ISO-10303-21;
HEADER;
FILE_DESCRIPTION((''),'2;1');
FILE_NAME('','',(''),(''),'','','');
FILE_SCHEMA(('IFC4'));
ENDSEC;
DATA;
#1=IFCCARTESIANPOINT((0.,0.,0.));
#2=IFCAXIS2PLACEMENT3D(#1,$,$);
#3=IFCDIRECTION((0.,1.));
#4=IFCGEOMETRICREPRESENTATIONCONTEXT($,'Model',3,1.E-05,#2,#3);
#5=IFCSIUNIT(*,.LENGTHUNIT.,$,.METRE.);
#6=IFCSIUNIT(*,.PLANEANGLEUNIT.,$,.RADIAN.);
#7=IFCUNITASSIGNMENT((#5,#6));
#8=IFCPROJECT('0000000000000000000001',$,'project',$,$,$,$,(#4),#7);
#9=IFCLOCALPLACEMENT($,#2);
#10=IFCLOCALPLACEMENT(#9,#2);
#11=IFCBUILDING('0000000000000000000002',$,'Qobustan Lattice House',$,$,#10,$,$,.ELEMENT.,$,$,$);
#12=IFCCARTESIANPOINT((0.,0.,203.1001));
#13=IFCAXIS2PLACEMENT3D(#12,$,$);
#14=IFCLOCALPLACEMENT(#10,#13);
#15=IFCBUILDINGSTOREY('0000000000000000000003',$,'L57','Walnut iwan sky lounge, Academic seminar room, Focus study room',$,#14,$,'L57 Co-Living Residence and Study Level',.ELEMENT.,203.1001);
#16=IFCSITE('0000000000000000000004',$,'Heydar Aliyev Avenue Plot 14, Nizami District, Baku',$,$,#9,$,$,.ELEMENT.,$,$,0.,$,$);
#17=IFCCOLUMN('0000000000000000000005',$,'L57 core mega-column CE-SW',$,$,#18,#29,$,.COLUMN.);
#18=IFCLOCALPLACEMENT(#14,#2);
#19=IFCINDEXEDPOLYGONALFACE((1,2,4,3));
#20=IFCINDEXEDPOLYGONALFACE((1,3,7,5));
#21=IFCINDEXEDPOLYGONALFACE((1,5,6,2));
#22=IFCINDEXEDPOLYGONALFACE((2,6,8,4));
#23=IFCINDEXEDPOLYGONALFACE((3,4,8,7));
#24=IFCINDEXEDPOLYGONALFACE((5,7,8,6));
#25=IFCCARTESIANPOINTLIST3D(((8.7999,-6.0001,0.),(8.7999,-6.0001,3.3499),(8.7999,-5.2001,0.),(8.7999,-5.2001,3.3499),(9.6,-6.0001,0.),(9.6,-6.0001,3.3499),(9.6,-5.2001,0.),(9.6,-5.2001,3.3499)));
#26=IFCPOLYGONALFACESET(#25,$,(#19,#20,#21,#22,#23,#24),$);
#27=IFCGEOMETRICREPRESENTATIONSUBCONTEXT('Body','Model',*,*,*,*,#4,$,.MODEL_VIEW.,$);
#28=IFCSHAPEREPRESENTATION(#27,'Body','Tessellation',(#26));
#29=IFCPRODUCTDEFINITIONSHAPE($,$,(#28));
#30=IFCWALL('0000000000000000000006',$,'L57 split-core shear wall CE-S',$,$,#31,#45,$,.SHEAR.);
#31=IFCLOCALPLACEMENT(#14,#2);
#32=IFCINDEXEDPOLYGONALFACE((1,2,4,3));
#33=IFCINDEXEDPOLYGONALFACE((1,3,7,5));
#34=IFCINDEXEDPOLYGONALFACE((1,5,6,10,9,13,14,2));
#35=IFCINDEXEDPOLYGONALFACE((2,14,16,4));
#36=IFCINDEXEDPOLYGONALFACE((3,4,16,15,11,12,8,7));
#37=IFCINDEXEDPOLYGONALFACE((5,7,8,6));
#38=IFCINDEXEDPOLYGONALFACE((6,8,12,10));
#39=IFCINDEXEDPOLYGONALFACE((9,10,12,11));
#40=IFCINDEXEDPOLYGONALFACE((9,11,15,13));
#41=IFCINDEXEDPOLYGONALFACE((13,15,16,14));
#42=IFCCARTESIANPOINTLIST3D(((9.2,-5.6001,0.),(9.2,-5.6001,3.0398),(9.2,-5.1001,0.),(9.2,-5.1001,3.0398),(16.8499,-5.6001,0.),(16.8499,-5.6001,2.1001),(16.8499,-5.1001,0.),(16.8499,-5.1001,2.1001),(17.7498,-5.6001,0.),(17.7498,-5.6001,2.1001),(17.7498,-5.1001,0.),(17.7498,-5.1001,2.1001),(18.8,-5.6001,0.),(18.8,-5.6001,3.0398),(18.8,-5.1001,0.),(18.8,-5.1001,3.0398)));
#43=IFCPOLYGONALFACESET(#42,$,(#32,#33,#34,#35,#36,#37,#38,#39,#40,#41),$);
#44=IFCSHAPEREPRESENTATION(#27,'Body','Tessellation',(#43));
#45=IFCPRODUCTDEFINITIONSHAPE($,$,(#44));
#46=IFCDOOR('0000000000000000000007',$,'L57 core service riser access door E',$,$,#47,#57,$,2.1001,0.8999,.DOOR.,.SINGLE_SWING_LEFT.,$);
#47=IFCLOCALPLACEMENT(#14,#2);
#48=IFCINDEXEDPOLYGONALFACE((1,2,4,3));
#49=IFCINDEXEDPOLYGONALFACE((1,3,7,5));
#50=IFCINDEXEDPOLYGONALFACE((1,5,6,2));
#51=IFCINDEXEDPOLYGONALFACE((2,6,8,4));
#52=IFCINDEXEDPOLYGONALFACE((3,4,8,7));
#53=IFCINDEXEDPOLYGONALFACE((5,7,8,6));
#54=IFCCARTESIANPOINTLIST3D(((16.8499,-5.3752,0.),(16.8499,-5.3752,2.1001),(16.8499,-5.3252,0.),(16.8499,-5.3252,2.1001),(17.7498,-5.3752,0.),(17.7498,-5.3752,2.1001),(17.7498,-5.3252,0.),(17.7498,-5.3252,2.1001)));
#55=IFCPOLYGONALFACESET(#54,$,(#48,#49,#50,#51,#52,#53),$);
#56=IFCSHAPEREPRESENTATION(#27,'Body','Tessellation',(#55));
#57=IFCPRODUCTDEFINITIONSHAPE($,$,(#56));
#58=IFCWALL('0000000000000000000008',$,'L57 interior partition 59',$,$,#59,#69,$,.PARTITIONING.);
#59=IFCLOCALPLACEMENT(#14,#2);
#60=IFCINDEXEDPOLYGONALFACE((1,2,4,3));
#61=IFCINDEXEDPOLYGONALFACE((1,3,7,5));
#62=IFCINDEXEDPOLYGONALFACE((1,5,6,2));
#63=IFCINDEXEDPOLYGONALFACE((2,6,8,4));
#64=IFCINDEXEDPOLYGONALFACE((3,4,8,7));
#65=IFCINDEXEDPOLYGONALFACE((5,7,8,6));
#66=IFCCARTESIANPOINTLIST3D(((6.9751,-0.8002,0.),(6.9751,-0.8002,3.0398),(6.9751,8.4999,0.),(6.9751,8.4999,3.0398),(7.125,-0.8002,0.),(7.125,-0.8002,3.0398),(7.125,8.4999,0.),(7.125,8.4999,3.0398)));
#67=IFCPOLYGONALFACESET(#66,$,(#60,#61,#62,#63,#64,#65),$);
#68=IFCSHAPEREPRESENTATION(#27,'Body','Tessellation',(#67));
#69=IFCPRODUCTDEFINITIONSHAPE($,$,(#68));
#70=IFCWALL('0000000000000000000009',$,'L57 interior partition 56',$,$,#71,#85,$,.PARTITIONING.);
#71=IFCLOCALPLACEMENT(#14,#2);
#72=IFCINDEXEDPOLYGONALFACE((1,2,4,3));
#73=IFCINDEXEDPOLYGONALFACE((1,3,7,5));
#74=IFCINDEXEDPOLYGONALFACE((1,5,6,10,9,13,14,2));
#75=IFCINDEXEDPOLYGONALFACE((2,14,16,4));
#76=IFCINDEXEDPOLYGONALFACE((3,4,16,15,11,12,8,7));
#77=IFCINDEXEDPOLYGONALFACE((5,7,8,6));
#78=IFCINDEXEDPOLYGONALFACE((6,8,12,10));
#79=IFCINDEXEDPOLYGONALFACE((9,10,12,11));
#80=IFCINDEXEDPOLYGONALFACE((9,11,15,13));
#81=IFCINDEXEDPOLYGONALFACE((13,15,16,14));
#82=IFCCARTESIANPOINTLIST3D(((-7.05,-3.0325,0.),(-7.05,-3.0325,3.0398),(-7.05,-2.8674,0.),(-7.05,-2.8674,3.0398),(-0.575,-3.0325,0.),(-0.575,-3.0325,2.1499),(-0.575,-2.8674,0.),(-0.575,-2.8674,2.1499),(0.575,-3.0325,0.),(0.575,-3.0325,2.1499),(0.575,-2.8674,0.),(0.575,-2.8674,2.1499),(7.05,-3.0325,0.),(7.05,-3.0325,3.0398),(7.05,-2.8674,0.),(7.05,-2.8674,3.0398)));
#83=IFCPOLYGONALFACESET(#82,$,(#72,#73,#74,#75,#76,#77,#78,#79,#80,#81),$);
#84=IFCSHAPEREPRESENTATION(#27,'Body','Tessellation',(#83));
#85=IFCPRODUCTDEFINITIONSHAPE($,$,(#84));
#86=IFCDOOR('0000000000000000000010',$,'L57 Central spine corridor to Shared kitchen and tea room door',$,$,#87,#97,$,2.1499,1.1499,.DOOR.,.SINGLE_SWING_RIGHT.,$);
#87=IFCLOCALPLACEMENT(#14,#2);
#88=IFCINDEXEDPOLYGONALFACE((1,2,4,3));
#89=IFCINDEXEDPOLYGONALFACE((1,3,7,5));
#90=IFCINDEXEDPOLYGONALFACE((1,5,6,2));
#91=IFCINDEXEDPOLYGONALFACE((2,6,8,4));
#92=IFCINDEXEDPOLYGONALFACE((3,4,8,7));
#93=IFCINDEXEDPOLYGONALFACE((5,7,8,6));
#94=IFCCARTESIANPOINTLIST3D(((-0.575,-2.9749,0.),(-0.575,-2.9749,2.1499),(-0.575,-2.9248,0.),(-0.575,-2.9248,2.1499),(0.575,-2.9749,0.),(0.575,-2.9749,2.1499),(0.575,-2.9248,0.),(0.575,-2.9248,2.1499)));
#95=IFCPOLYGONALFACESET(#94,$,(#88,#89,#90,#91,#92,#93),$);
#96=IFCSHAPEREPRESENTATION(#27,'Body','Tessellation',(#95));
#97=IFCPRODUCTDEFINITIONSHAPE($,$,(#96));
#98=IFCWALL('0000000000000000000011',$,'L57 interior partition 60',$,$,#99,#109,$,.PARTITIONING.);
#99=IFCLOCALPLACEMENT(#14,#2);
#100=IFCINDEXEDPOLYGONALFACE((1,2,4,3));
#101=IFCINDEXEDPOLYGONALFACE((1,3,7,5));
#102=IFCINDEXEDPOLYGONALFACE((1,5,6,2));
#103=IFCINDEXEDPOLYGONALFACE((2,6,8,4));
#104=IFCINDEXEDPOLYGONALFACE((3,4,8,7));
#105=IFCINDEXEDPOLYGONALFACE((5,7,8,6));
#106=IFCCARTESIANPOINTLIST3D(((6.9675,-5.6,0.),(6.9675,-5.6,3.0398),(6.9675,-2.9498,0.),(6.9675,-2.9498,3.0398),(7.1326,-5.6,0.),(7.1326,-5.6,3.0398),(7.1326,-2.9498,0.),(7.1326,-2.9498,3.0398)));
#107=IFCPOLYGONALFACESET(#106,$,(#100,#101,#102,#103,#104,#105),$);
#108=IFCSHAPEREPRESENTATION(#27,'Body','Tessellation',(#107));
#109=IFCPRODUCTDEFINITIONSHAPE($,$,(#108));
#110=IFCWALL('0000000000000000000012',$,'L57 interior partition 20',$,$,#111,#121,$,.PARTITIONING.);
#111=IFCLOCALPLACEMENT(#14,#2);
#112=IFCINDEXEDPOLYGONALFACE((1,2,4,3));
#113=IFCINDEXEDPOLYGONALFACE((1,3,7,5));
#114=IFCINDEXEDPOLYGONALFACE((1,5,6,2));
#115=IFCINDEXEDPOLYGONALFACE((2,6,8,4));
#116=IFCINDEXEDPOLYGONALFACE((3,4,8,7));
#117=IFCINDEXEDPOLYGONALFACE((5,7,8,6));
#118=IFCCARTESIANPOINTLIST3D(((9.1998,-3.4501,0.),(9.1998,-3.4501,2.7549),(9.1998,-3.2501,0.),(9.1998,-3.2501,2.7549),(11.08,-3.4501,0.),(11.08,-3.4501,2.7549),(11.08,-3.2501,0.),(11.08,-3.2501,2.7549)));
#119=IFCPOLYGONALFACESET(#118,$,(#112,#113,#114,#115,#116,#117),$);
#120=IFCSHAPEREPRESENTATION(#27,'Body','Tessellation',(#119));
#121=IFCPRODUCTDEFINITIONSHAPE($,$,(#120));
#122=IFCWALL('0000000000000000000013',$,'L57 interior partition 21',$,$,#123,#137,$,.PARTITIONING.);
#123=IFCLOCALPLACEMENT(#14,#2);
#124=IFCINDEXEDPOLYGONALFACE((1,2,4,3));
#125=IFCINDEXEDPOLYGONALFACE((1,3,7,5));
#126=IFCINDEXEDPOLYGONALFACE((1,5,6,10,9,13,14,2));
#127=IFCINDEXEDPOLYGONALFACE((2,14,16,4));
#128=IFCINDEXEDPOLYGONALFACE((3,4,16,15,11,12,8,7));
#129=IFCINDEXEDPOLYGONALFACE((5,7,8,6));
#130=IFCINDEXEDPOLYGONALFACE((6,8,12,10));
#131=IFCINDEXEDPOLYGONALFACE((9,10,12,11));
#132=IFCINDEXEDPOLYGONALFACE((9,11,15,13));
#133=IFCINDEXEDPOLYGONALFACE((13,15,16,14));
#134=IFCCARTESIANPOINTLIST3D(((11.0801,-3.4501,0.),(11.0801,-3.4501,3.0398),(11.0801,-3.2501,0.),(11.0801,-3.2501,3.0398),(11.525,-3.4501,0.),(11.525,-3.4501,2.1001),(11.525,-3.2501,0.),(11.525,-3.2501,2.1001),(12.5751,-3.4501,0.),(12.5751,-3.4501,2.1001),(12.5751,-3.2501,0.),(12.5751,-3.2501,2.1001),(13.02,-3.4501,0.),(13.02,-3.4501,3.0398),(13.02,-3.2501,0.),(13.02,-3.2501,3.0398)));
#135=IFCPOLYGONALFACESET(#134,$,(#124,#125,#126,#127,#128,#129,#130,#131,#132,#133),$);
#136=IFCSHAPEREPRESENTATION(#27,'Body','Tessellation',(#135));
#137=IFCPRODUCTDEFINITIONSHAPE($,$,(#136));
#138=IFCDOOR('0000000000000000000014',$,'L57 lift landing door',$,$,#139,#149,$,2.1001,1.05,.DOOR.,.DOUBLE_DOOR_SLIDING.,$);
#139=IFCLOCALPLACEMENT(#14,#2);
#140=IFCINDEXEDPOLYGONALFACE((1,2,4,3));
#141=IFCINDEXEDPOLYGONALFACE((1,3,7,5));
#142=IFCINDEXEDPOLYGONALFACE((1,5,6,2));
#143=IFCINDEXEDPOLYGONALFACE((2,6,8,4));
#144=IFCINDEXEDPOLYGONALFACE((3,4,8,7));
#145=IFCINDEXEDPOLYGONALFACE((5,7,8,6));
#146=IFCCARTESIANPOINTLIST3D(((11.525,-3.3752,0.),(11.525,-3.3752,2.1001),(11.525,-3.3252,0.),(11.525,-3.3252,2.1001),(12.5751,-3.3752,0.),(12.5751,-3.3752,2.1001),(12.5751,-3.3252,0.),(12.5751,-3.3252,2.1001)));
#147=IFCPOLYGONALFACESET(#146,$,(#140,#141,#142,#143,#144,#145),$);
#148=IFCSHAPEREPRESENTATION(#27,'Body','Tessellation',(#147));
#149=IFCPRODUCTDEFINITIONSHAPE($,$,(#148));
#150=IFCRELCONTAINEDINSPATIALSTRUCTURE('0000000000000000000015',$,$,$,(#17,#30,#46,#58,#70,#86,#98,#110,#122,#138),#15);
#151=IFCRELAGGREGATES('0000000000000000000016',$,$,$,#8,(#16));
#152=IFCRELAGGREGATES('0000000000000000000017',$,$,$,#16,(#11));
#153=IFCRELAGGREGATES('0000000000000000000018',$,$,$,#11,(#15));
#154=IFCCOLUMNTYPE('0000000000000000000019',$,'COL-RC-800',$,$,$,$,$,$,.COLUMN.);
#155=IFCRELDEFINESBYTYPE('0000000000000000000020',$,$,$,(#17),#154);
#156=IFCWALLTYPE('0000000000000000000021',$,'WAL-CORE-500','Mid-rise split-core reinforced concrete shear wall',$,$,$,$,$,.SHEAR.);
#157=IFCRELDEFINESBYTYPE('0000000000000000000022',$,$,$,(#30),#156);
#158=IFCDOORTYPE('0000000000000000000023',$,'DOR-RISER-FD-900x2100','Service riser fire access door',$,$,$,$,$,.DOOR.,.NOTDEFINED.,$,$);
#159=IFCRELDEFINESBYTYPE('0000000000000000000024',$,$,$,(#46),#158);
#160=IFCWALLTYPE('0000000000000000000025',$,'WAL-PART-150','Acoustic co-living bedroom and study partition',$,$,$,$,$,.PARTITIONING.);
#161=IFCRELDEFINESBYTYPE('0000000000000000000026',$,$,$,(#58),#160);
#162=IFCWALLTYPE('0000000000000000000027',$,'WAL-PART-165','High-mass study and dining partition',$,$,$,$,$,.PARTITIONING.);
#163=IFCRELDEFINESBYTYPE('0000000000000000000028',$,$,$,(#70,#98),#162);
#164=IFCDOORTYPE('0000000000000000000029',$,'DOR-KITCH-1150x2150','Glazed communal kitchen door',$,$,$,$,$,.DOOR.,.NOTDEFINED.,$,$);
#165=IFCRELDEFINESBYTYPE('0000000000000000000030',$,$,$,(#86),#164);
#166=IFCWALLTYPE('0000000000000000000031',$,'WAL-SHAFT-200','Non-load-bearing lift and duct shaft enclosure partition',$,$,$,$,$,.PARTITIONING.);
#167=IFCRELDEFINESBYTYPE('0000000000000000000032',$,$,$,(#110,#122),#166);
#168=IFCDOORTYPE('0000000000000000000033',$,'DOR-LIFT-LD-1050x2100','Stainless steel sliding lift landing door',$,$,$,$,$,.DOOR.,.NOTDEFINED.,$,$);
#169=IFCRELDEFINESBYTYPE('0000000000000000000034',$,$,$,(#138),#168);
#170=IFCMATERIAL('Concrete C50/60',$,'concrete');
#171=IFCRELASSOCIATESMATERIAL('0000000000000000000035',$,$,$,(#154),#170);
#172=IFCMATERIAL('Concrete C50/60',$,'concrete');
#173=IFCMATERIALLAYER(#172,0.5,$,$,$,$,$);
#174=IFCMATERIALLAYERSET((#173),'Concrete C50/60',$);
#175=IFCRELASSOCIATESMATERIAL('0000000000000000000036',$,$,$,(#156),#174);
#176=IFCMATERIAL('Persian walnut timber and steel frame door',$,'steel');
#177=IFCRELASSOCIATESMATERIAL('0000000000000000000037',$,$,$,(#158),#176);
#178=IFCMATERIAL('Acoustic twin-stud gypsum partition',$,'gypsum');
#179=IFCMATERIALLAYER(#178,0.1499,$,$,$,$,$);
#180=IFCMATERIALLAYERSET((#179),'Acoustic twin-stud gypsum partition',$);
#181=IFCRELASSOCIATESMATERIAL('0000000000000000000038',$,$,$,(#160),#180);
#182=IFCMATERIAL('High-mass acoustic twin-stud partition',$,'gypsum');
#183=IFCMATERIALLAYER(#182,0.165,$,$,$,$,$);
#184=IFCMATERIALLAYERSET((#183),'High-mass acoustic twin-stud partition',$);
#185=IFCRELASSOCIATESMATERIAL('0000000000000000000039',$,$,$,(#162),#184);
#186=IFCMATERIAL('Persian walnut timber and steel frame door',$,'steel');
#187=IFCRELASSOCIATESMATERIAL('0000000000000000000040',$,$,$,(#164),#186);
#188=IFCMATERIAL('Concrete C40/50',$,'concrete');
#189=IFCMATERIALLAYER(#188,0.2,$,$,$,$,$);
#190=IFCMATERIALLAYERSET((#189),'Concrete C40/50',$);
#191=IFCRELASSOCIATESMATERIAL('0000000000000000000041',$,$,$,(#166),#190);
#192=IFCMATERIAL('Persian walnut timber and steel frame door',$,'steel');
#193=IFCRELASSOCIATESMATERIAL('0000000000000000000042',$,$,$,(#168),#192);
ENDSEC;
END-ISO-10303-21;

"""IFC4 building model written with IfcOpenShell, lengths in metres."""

from ifc_helpers import new_model, si_unit, direction, frame, frame_2d, origin, origin_2d, place, context, subcontext, project, spatial, rectangle, extrude, material, layer, layer_set, material_profile, profile_set, type_object, element, fill, save


model = new_model("IFC4")

# Units and contexts
model_context = context("Model", 3, precision=1e-05, world=origin(), true_north=direction((0.0, 1.0)))
body_context = subcontext(model_context, "Body", "Model", "MODEL_VIEW")
ifc_project = project(units=[si_unit("LENGTHUNIT", "METRE"), si_unit("PLANEANGLEUNIT", "RADIAN")], contexts=[model_context])

# Site, building, storey
site_placement = place(None, origin())
site = spatial("IfcSite", under=ifc_project, at=site_placement, Name="Heydar Aliyev Avenue Plot 14, Nizami District, Baku", CompositionType="ELEMENT", RefElevation=0.0)
building_placement = place(site_placement, origin())
building = spatial("IfcBuilding", under=site, at=building_placement, Name="Qobustan Lattice House", CompositionType="ELEMENT")
storey_placement = place(building_placement, frame((0.0, 0.0, 203.1001)))
storey = spatial("IfcBuildingStorey", under=building, at=storey_placement, Name="L57", Description="Walnut iwan sky lounge, Academic seminar room, Focus study room", LongName="L57 Co-Living Residence and Study Level", CompositionType="ELEMENT", Elevation=203.1001)

# Column
ifc_material_1 = material(Name="Concrete C50/60", Category="concrete")
ifc_material_profile = material_profile(ifc_material_1, rectangle(XDim=0.8, YDim=0.8, at=origin_2d()), Name="RC800x800")
ifc_profile_set = profile_set([ifc_material_profile], Name="Concrete C50/60")
column_type = type_object("IfcColumnType", Name="COL-RC-800", PredefinedType="COLUMN", material=ifc_profile_set)
column_placement = place(storey_placement, frame((9.2, -5.6001, 0.0), z_axis=(0.0, 0.0, 1.0), x_axis=(1.0, 0.0, 0.0)))
element("IfcColumn", 1, at=column_placement, inside=storey, type_object=column_type, Name="L57 core mega-column CE-SW", PredefinedType="COLUMN", context=body_context, shape_type="SweptSolid", body=[
    extrude(rectangle(XDim=0.8, YDim=0.8, at=origin_2d()), origin(), (0.0, 0.0, 1.0), 3.3499),
])

# Wall, opening, door
ifc_material_2 = material(Name="Concrete C50/60", Category="concrete")
ifc_layer_1 = layer(ifc_material_2, 0.5)
ifc_layer_set_1 = layer_set([ifc_layer_1], Name="Concrete C50/60")
wall_type_1 = type_object("IfcWallType", Name="WAL-CORE-500", Description="Mid-rise split-core reinforced concrete shear wall", PredefinedType="SHEAR", material=ifc_layer_set_1)
wall_1_placement = place(storey_placement, frame((9.2, -5.3501, 0.0), z_axis=(0.0, 0.0, 1.0), x_axis=(1.0, 0.0, 0.0)))
wall_1 = element("IfcWall", 2, at=wall_1_placement, inside=storey, type_object=wall_type_1, Name="L57 split-core shear wall CE-S", PredefinedType="SHEAR", context=body_context, shape_type="SweptSolid", body=[
    extrude(rectangle(XDim=9.6001, YDim=0.5, at=frame_2d((4.8, 0.0))), origin(), (0.0, 0.0, 1.0), 3.0398),
])
opening_1_placement = place(wall_1_placement, frame((7.6499, 0.0, 0.0)))
opening_1 = element("IfcOpeningElement", 3, at=opening_1_placement, cuts=wall_1, PredefinedType="OPENING", context=body_context, shape_type="SweptSolid", body=[
    extrude(rectangle(XDim=0.8999, YDim=2.1001, at=frame_2d((0.45, 1.05))), frame((0.0, 0.26, 0.0), z_axis=(0.0, -1.0, 0.0), x_axis=(1.0, 0.0, 0.0)), (0.0, 0.0, 1.0), 0.52),
])
ifc_material_3 = material(Name="Persian walnut timber and steel frame door", Category="steel")
door_type_1 = type_object("IfcDoorType", Name="DOR-RISER-FD-900x2100", Description="Service riser fire access door", OperationType="NOTDEFINED", PredefinedType="DOOR", material=ifc_material_3)
door_1_placement = place(opening_1_placement, origin())
door_1 = element("IfcDoor", 4, at=door_1_placement, inside=storey, type_object=door_type_1, Name="L57 core service riser access door E", OperationType="SINGLE_SWING_LEFT", OverallHeight=2.1001, OverallWidth=0.8999, PredefinedType="DOOR", context=body_context, shape_type="SweptSolid", body=[
    extrude(rectangle(XDim=0.8999, YDim=2.1001, at=frame_2d((0.45, 1.05))), frame((0.0, 0.0249, 0.0), z_axis=(0.0, -1.0, 0.0), x_axis=(1.0, 0.0, 0.0)), (0.0, 0.0, 1.0), 0.05),
])
fill(opening_1, door_1)

# Wall
ifc_material_4 = material(Name="Acoustic twin-stud gypsum partition", Category="gypsum")
ifc_layer_2 = layer(ifc_material_4, 0.1499)
ifc_layer_set_2 = layer_set([ifc_layer_2], Name="Acoustic twin-stud gypsum partition")
wall_type_2 = type_object("IfcWallType", Name="WAL-PART-150", Description="Acoustic co-living bedroom and study partition", PredefinedType="PARTITIONING", material=ifc_layer_set_2)
wall_2_placement = place(storey_placement, frame((7.05, -0.8, 0.0), z_axis=(0.0, 0.0, 1.0), x_axis=(0.0, 1.0, 0.0)))
element("IfcWall", 5, at=wall_2_placement, inside=storey, type_object=wall_type_2, Name="L57 interior partition 59", PredefinedType="PARTITIONING", context=body_context, shape_type="SweptSolid", body=[
    extrude(rectangle(XDim=9.3, YDim=0.1499, at=frame_2d((4.6499, 0.0))), origin(), (0.0, 0.0, 1.0), 3.0398),
])

# Wall, opening, door
ifc_material_5 = material(Name="High-mass acoustic twin-stud partition", Category="gypsum")
ifc_layer_3 = layer(ifc_material_5, 0.165)
ifc_layer_set_3 = layer_set([ifc_layer_3], Name="High-mass acoustic twin-stud partition")
wall_type_3 = type_object("IfcWallType", Name="WAL-PART-165", Description="High-mass study and dining partition", PredefinedType="PARTITIONING", material=ifc_layer_set_3)
wall_3_placement = place(storey_placement, frame((7.05, -2.95, 0.0), z_axis=(0.0, 0.0, 1.0), x_axis=(-1.0, 0.0, 0.0)))
wall_3 = element("IfcWall", 6, at=wall_3_placement, inside=storey, type_object=wall_type_3, Name="L57 interior partition 56", PredefinedType="PARTITIONING", context=body_context, shape_type="SweptSolid", body=[
    extrude(rectangle(XDim=14.1001, YDim=0.165, at=frame_2d((7.05, 0.0))), origin(), (0.0, 0.0, 1.0), 3.0398),
])
opening_2_placement = place(wall_3_placement, frame((6.4751, 0.0, 0.0)))
opening_2 = element("IfcOpeningElement", 7, at=opening_2_placement, cuts=wall_3, PredefinedType="OPENING", context=body_context, shape_type="SweptSolid", body=[
    extrude(rectangle(XDim=1.1499, YDim=2.1499, at=frame_2d((0.575, 1.075))), frame((0.0, 0.0925, 0.0), z_axis=(0.0, -1.0, 0.0), x_axis=(1.0, 0.0, 0.0)), (0.0, 0.0, 1.0), 0.1851),
])
ifc_material_6 = material(Name="Persian walnut timber and steel frame door", Category="steel")
door_type_2 = type_object("IfcDoorType", Name="DOR-KITCH-1150x2150", Description="Glazed communal kitchen door", OperationType="NOTDEFINED", PredefinedType="DOOR", material=ifc_material_6)
door_2_placement = place(opening_2_placement, origin())
door_2 = element("IfcDoor", 8, at=door_2_placement, inside=storey, type_object=door_type_2, Name="L57 Central spine corridor to Shared kitchen and tea room door", OperationType="SINGLE_SWING_RIGHT", OverallHeight=2.1499, OverallWidth=1.1499, PredefinedType="DOOR", context=body_context, shape_type="SweptSolid", body=[
    extrude(rectangle(XDim=1.1499, YDim=2.1499, at=frame_2d((0.575, 1.075))), frame((0.0, 0.0249, 0.0), z_axis=(0.0, -1.0, 0.0), x_axis=(1.0, 0.0, 0.0)), (0.0, 0.0, 1.0), 0.05),
])
fill(opening_2, door_2)

# Walls
wall_4_placement = place(storey_placement, frame((7.05, -5.6001, 0.0), z_axis=(0.0, 0.0, 1.0), x_axis=(0.0, 1.0, 0.0)))
element("IfcWall", 9, at=wall_4_placement, inside=storey, type_object=wall_type_3, Name="L57 interior partition 60", PredefinedType="PARTITIONING", context=body_context, shape_type="SweptSolid", body=[
    extrude(rectangle(XDim=2.6501, YDim=0.165, at=frame_2d((1.3252, 0.0))), origin(), (0.0, 0.0, 1.0), 3.0398),
])
ifc_material_7 = material(Name="Concrete C40/50", Category="concrete")
ifc_layer_4 = layer(ifc_material_7, 0.2)
ifc_layer_set_4 = layer_set([ifc_layer_4], Name="Concrete C40/50")
wall_type_4 = type_object("IfcWallType", Name="WAL-SHAFT-200", Description="Non-load-bearing lift and duct shaft enclosure partition", PredefinedType="PARTITIONING", material=ifc_layer_set_4)
wall_5_placement = place(storey_placement, frame((9.2, -3.3501, 0.0), z_axis=(0.0, 0.0, 1.0), x_axis=(1.0, 0.0, 0.0)))
element("IfcWall", 10, at=wall_5_placement, inside=storey, type_object=wall_type_4, Name="L57 interior partition 20", PredefinedType="PARTITIONING", context=body_context, shape_type="SweptSolid", body=[
    extrude(rectangle(XDim=1.8801, YDim=0.2, at=frame_2d((0.9399, 0.0))), origin(), (0.0, 0.0, 1.0), 2.7549),
])

# Wall, opening, door
wall_6_placement = place(storey_placement, frame((11.0801, -3.3501, 0.0), z_axis=(0.0, 0.0, 1.0), x_axis=(1.0, 0.0, 0.0)))
wall_6 = element("IfcWall", 11, at=wall_6_placement, inside=storey, type_object=wall_type_4, Name="L57 interior partition 21", PredefinedType="PARTITIONING", context=body_context, shape_type="SweptSolid", body=[
    extrude(rectangle(XDim=1.9399, YDim=0.2, at=frame_2d((0.97, 0.0))), origin(), (0.0, 0.0, 1.0), 3.0398),
])
opening_3_placement = place(wall_6_placement, frame((0.4451, 0.0, 0.0)))
opening_3 = element("IfcOpeningElement", 12, at=opening_3_placement, cuts=wall_6, PredefinedType="OPENING", context=body_context, shape_type="SweptSolid", body=[
    extrude(rectangle(XDim=1.05, YDim=2.1001, at=frame_2d((0.5249, 1.05))), frame((0.0, 0.1099, 0.0), z_axis=(0.0, -1.0, 0.0), x_axis=(1.0, 0.0, 0.0)), (0.0, 0.0, 1.0), 0.22),
])
ifc_material_8 = material(Name="Persian walnut timber and steel frame door", Category="steel")
door_type_3 = type_object("IfcDoorType", Name="DOR-LIFT-LD-1050x2100", Description="Stainless steel sliding lift landing door", OperationType="NOTDEFINED", PredefinedType="DOOR", material=ifc_material_8)
door_3_placement = place(opening_3_placement, origin())
door_3 = element("IfcDoor", 13, at=door_3_placement, inside=storey, type_object=door_type_3, Name="L57 lift landing door", OperationType="DOUBLE_DOOR_SLIDING", OverallHeight=2.1001, OverallWidth=1.05, PredefinedType="DOOR", context=body_context, shape_type="SweptSolid", body=[
    extrude(rectangle(XDim=1.05, YDim=2.1001, at=frame_2d((0.5249, 1.05))), frame((0.0, 0.0249, 0.0), z_axis=(0.0, -1.0, 0.0), x_axis=(1.0, 0.0, 0.0)), (0.0, 0.0, 1.0), 0.05),
])
fill(opening_3, door_3)

save(model, "model.ifc")
